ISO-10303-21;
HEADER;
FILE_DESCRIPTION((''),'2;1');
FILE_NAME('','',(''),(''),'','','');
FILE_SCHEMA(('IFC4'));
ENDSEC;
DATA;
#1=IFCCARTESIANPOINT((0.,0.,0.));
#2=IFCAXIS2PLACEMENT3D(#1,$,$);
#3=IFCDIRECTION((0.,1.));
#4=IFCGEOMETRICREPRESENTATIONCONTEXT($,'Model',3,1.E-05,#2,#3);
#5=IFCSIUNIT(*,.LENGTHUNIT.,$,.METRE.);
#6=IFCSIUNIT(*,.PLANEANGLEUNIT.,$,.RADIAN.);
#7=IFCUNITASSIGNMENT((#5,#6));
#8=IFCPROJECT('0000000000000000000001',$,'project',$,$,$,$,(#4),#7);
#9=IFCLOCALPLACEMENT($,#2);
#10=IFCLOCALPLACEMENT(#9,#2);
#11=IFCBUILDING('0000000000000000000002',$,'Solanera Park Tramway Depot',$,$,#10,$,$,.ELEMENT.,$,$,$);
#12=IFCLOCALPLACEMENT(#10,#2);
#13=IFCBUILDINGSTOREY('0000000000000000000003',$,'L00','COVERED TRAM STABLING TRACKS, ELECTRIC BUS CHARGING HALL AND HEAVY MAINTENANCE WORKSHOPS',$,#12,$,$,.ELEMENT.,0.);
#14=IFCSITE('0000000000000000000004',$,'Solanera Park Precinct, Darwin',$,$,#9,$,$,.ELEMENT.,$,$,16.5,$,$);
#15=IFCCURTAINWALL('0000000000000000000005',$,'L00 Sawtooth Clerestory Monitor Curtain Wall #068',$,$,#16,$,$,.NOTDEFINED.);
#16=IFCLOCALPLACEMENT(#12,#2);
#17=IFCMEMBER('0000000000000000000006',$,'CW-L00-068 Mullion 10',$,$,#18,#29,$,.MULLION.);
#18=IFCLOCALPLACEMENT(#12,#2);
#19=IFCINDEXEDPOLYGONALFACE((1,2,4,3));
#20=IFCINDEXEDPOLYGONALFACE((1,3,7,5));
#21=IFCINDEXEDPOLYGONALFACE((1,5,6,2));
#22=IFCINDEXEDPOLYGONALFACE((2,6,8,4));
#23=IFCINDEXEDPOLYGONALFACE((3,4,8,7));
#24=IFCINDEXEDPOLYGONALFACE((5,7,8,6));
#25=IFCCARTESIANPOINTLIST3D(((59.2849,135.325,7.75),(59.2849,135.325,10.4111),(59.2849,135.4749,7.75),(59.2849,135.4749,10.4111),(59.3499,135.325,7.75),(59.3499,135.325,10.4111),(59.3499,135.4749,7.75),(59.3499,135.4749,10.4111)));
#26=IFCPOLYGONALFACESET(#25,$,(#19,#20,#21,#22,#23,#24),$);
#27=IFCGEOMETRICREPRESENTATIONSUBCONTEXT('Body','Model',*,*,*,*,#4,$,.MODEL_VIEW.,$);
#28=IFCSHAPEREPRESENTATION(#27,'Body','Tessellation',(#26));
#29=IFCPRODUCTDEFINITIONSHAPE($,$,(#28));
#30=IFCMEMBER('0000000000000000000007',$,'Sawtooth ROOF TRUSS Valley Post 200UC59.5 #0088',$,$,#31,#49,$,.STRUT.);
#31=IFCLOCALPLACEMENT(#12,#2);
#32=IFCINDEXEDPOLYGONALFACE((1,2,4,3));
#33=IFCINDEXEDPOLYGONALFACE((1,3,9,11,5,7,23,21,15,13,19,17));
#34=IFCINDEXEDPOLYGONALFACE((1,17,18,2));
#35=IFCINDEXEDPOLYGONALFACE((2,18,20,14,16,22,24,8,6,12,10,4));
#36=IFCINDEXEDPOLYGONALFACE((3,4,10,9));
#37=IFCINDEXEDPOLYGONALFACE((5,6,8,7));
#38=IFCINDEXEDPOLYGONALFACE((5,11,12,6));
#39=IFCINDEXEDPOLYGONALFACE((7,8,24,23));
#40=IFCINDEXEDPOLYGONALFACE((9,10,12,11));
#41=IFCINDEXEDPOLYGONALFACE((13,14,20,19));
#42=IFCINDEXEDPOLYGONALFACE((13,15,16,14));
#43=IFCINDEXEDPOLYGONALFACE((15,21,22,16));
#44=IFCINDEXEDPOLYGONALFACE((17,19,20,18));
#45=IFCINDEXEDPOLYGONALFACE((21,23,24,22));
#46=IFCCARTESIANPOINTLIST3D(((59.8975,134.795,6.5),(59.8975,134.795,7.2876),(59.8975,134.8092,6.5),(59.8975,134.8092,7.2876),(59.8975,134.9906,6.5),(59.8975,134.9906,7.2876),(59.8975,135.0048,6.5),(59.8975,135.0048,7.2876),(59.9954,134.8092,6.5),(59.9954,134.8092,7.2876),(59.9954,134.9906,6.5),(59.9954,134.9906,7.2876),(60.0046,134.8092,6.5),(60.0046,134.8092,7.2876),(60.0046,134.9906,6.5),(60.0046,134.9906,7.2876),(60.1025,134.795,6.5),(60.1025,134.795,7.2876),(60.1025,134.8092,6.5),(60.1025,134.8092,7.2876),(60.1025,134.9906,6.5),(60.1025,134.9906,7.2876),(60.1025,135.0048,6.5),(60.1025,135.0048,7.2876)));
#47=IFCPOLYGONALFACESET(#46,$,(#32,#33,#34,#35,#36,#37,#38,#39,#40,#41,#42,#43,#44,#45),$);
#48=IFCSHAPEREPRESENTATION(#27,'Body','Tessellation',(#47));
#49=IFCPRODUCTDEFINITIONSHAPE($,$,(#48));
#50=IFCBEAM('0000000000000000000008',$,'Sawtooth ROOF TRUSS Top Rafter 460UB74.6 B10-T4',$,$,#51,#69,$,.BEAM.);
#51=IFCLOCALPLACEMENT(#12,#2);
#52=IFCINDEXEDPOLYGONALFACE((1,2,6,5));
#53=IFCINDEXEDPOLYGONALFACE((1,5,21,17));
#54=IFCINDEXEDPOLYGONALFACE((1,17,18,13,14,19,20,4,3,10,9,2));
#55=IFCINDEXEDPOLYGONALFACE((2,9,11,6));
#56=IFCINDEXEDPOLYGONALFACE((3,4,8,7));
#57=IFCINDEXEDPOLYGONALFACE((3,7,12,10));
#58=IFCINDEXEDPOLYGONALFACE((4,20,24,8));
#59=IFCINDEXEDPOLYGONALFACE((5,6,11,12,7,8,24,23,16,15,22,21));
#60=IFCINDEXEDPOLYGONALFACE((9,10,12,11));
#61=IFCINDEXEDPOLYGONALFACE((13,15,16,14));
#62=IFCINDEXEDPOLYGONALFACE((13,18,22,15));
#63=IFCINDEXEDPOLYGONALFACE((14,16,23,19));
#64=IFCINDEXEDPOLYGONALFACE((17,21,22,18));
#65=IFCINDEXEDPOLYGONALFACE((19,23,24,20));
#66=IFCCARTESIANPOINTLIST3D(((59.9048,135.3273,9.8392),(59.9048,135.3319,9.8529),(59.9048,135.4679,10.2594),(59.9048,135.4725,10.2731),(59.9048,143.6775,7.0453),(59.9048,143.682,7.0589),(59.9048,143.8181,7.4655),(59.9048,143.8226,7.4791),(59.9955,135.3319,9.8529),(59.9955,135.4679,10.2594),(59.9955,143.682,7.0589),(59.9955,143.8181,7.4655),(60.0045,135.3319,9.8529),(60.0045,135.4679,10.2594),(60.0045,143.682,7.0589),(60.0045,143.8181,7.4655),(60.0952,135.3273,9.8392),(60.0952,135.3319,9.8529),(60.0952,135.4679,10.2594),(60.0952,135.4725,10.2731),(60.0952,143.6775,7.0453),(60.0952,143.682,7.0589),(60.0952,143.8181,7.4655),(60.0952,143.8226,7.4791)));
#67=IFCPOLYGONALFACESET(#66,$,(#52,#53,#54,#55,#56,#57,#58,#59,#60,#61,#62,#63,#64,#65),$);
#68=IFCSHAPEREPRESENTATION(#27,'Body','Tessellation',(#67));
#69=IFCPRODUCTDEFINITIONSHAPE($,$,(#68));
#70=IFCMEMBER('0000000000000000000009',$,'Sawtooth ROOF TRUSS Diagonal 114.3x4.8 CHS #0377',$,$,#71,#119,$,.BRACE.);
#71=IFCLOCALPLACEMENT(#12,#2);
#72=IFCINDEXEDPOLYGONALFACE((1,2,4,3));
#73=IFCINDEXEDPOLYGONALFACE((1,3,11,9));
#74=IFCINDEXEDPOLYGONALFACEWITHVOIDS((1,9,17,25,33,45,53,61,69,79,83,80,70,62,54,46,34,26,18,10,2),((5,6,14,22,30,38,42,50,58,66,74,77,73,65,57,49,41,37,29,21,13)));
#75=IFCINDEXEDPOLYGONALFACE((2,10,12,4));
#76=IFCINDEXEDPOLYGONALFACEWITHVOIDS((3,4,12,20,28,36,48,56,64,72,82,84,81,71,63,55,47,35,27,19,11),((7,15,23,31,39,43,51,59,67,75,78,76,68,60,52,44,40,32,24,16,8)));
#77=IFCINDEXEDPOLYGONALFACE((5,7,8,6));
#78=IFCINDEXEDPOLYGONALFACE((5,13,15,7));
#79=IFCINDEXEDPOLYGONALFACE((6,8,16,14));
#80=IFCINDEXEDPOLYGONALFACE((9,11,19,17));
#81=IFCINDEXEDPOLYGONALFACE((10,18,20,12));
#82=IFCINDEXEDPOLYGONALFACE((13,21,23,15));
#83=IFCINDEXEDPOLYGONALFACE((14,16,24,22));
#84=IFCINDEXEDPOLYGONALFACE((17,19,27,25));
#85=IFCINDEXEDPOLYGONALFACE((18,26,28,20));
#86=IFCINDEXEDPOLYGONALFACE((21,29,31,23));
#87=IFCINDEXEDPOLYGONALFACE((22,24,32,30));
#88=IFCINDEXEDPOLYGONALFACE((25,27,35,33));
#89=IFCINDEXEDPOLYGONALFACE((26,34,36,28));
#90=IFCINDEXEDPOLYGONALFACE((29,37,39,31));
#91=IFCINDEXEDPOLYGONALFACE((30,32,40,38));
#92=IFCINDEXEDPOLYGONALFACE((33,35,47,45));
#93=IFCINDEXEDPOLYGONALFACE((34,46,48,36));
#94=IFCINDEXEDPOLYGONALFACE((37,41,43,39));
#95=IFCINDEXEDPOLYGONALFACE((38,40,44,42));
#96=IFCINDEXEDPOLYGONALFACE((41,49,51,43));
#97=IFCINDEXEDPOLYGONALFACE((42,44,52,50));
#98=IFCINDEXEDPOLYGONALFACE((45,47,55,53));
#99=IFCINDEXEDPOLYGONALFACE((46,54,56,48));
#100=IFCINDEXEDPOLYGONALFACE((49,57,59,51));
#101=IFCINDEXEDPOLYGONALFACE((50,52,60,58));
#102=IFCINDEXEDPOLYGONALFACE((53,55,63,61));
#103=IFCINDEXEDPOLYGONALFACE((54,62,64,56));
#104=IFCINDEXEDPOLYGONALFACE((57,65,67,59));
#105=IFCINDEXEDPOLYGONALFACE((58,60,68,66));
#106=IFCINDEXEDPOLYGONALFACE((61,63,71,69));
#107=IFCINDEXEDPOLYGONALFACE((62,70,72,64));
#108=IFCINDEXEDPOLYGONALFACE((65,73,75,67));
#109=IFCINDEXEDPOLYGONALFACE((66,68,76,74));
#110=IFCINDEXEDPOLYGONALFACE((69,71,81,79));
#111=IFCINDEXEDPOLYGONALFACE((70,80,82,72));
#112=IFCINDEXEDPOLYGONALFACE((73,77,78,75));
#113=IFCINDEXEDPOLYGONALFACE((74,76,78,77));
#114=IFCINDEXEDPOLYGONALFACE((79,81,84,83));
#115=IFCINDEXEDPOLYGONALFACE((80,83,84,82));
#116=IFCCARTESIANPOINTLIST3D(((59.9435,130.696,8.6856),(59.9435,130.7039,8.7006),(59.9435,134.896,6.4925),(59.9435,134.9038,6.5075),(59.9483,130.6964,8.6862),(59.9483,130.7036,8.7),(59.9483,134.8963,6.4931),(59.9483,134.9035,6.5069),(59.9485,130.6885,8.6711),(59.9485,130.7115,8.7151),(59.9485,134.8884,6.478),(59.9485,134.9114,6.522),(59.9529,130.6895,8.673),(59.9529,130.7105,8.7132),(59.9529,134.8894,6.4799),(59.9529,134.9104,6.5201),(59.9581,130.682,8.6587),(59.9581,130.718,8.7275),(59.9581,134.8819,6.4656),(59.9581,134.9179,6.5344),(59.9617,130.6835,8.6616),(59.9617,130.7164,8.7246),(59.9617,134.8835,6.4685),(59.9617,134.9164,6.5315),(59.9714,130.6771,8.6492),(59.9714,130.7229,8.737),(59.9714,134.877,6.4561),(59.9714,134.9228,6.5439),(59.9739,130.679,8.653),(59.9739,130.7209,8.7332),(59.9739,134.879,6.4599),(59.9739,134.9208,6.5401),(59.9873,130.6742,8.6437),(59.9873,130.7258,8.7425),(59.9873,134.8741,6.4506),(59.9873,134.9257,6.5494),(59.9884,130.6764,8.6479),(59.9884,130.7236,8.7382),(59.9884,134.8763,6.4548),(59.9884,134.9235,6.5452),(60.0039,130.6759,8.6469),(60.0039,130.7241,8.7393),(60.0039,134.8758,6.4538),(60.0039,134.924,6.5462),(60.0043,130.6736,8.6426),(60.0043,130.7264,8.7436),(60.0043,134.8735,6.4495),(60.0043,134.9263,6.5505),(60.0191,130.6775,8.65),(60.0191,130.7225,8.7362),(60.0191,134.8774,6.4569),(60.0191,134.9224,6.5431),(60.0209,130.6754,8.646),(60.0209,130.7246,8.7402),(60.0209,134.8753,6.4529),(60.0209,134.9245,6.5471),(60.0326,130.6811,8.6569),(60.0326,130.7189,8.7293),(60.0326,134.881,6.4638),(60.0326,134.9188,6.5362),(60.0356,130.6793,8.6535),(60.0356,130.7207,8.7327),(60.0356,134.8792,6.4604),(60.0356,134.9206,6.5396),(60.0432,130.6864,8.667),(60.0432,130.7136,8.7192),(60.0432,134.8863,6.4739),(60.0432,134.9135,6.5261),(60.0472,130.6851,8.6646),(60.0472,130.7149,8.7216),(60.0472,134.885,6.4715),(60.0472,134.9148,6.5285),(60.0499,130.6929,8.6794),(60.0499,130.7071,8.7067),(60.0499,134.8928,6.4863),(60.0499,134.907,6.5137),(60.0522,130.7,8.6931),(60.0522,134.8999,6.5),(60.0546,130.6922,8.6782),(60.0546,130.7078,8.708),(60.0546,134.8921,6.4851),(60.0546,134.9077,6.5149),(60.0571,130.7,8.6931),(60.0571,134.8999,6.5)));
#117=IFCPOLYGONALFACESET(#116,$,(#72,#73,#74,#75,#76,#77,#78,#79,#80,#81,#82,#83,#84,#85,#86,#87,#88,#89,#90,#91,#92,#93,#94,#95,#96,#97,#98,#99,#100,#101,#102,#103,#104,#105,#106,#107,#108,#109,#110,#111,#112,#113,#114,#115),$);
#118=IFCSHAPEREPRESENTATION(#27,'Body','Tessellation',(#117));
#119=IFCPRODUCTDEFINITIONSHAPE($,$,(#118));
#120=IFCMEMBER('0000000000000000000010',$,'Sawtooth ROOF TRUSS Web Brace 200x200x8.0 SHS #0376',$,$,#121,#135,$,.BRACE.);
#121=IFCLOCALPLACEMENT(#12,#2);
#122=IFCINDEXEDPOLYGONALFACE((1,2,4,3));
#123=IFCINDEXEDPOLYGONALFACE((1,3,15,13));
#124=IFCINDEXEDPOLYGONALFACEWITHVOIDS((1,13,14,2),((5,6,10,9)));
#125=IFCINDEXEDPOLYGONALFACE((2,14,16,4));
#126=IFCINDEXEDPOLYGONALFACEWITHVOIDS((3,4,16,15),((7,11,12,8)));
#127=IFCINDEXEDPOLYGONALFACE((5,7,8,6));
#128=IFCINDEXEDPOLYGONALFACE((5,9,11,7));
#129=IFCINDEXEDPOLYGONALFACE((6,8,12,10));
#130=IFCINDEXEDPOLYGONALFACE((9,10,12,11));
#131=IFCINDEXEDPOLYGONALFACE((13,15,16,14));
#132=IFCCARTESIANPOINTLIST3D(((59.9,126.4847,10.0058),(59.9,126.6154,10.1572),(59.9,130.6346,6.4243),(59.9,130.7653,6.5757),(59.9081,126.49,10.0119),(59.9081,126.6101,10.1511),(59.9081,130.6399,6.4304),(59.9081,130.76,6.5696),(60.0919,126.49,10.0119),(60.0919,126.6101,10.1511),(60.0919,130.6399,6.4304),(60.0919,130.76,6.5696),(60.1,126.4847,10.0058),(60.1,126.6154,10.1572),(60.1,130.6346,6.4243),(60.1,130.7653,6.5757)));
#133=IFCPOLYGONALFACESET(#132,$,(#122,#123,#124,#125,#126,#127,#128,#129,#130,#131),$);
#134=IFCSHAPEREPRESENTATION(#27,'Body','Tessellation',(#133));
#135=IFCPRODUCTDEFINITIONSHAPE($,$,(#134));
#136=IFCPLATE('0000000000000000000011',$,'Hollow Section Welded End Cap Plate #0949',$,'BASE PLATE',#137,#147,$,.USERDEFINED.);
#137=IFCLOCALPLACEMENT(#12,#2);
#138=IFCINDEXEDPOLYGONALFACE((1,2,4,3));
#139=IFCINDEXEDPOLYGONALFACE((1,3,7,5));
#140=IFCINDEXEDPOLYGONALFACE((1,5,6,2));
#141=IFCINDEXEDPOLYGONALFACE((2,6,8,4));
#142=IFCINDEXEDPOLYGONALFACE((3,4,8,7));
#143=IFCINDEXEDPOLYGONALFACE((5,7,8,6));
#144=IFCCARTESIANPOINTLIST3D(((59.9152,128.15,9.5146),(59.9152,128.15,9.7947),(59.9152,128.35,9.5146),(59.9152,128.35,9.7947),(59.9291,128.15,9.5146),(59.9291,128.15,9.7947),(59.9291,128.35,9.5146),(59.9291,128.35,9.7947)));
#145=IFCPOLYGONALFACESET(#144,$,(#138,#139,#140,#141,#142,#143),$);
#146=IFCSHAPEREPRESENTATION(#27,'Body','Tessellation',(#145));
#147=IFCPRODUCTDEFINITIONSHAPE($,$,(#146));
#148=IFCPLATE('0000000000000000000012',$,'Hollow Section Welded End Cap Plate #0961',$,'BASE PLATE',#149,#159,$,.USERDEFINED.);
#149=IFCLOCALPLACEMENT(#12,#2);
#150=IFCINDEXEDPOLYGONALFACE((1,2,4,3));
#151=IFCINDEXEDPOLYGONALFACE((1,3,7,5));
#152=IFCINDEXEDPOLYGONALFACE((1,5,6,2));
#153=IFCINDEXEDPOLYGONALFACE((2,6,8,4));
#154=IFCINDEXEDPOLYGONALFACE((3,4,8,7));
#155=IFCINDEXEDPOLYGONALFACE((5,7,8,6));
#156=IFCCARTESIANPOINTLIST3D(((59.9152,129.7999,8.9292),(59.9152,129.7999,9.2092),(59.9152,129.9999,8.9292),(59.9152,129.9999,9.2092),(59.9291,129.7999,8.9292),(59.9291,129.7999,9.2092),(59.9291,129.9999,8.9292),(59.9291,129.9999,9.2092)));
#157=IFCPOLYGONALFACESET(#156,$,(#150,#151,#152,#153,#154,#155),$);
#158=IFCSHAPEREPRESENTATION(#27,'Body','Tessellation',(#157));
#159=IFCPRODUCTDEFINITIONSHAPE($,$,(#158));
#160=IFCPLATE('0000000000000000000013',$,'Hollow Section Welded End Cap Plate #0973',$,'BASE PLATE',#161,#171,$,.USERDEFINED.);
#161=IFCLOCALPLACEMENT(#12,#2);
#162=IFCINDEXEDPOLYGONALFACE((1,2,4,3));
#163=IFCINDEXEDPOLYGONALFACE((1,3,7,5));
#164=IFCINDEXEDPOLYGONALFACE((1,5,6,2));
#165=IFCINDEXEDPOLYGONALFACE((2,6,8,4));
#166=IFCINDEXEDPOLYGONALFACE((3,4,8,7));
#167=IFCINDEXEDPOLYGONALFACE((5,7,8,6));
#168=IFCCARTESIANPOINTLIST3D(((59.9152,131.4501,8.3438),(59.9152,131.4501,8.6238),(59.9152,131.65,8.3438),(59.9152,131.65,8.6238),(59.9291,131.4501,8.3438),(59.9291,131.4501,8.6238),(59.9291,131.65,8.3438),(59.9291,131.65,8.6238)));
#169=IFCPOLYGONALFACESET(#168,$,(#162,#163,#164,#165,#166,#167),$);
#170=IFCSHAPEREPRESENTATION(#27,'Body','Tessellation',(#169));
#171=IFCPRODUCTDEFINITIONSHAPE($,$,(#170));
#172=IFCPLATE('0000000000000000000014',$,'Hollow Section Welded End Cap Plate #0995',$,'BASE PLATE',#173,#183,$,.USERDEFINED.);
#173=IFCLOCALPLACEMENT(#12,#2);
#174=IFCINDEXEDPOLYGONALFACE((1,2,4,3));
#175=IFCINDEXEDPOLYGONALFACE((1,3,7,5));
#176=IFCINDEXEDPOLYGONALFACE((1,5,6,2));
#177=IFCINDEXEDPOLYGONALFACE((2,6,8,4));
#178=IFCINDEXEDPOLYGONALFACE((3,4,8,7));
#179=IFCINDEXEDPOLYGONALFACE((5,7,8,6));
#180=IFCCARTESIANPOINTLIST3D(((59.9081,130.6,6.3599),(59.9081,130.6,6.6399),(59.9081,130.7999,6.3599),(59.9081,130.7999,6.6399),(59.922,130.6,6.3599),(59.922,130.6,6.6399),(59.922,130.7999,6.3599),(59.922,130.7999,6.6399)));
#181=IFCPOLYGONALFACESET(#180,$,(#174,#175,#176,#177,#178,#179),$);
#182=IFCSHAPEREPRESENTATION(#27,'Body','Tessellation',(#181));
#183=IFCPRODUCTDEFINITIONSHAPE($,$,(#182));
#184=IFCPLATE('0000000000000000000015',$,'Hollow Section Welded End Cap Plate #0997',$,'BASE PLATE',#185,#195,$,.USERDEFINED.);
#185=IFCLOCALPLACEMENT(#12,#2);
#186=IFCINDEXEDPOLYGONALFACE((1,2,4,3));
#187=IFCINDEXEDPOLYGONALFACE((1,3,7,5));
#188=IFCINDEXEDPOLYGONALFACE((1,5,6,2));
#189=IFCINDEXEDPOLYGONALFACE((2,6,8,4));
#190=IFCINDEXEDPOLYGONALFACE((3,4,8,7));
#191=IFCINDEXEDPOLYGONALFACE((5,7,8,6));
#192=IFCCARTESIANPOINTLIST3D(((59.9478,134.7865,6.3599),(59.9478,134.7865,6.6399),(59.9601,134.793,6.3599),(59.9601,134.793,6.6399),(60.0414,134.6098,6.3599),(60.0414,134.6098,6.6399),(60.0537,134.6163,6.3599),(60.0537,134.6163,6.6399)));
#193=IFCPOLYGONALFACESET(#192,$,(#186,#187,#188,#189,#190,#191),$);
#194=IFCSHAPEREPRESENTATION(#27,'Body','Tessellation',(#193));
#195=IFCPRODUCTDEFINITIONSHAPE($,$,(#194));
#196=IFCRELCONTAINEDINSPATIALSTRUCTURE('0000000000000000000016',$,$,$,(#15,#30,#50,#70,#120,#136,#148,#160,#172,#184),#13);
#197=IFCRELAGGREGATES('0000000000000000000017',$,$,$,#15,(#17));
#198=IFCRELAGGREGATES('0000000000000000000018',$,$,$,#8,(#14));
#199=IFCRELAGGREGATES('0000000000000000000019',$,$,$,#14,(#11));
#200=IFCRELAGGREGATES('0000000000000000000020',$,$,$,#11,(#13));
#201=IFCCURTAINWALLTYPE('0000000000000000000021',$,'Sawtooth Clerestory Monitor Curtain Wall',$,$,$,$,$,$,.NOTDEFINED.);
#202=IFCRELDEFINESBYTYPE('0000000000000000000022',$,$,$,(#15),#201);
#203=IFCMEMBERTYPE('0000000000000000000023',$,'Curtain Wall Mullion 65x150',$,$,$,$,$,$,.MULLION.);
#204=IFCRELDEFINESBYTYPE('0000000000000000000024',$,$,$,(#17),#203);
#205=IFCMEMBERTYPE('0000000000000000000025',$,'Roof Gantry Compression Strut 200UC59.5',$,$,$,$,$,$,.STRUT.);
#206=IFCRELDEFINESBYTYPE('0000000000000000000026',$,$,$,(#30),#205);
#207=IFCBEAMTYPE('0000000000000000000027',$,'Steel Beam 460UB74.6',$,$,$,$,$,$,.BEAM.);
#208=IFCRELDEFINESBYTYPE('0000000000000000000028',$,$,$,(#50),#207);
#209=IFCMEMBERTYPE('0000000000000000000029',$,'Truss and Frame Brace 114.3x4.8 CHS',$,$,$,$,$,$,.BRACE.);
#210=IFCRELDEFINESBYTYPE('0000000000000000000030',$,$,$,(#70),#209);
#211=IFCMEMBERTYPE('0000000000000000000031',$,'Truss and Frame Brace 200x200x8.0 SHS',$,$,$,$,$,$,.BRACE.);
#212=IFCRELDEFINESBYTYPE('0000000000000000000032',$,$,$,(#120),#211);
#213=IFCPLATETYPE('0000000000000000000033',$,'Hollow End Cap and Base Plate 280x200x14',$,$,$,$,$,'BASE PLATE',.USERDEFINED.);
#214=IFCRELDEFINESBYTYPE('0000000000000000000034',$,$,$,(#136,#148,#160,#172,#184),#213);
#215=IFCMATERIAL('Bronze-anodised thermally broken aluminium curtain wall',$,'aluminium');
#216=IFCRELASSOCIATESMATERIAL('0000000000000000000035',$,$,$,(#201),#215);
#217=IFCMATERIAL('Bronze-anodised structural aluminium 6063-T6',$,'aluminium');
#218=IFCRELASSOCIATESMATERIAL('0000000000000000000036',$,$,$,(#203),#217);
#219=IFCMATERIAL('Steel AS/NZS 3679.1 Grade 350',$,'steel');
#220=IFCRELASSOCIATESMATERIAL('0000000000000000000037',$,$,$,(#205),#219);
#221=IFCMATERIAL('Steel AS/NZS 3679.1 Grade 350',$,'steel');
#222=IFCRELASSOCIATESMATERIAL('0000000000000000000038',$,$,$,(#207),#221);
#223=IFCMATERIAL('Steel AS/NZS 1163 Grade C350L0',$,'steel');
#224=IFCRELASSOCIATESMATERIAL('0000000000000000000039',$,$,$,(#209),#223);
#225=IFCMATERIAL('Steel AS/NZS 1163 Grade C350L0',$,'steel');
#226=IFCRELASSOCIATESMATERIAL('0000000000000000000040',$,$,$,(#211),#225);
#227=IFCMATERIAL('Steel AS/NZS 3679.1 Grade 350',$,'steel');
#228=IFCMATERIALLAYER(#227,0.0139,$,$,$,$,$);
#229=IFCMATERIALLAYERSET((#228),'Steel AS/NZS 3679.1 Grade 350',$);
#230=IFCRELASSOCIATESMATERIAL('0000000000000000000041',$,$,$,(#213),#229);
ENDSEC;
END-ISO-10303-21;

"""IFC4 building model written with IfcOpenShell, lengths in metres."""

from ifc_helpers import new_model, si_unit, direction, frame, origin, origin_2d, place, context, subcontext, project, spatial, rectangle, hollow_rectangle, hollow_circle, i_section, extrude, material, layer, layer_set, material_profile, profile_set, type_object, element, aggregate, save


model = new_model("IFC4")

# Units and contexts
model_context = context("Model", 3, precision=1e-05, world=origin(), true_north=direction((0.0, 1.0)))
body_context = subcontext(model_context, "Body", "Model", "MODEL_VIEW")
ifc_project = project(units=[si_unit("LENGTHUNIT", "METRE"), si_unit("PLANEANGLEUNIT", "RADIAN")], contexts=[model_context])

# Site, building, storey
site_placement = place(None, origin())
site = spatial("IfcSite", under=ifc_project, at=site_placement, Name="Solanera Park Precinct, Darwin", CompositionType="ELEMENT", RefElevation=16.5)
building_placement = place(site_placement, origin())
building = spatial("IfcBuilding", under=site, at=building_placement, Name="Solanera Park Tramway Depot", CompositionType="ELEMENT")
storey_placement = place(building_placement, origin())
storey = spatial("IfcBuildingStorey", under=building, at=storey_placement, Name="L00", Description="COVERED TRAM STABLING TRACKS, ELECTRIC BUS CHARGING HALL AND HEAVY MAINTENANCE WORKSHOPS", CompositionType="ELEMENT", Elevation=0.0)

# Curtain wall, member
ifc_material_1 = material(Name="Bronze-anodised thermally broken aluminium curtain wall", Category="aluminium")
curtain_wall_type = type_object("IfcCurtainWallType", Name="Sawtooth Clerestory Monitor Curtain Wall", PredefinedType="NOTDEFINED", material=ifc_material_1)
curtain_wall_placement = place(storey_placement, origin())
curtain_wall = element("IfcCurtainWall", 1, at=curtain_wall_placement, inside=storey, type_object=curtain_wall_type, Name="L00 Sawtooth Clerestory Monitor Curtain Wall #068", PredefinedType="NOTDEFINED")
ifc_material_2 = material(Name="Bronze-anodised structural aluminium 6063-T6", Category="aluminium")
ifc_material_profile_1 = material_profile(ifc_material_2, rectangle(XDim=0.0649, YDim=0.1499, at=origin_2d()), Name="Curtain Wall Mullion 65x150")
ifc_profile_set_1 = profile_set([ifc_material_profile_1], Name="Bronze-anodised structural aluminium 6063-T6")
member_type_1 = type_object("IfcMemberType", Name="Curtain Wall Mullion 65x150", PredefinedType="MULLION", material=ifc_profile_set_1)
member_1_placement = place(storey_placement, frame((59.3174, 135.3999, 7.75), z_axis=(0.0, 0.0, 1.0), x_axis=(1.0, 0.0, 0.0)))
member_1 = element("IfcMember", 2, at=member_1_placement, type_object=member_type_1, Name="CW-L00-068 Mullion 10", PredefinedType="MULLION", context=body_context, shape_type="SweptSolid", body=[
    extrude(rectangle(XDim=0.0649, YDim=0.1499, at=origin_2d()), origin(), (0.0, 0.0, 1.0), 2.6611),
])
aggregate(curtain_wall, [member_1])

# Member
ifc_material_3 = material(Name="Steel AS/NZS 3679.1 Grade 350", Category="steel")
ifc_material_profile_2 = material_profile(ifc_material_3, i_section(OverallWidth=0.2051, OverallDepth=0.2097, WebThickness=0.0093, FlangeThickness=0.0142, at=origin_2d()), Name="200UC59.5")
ifc_profile_set_2 = profile_set([ifc_material_profile_2], Name="Steel AS/NZS 3679.1 Grade 350")
member_type_2 = type_object("IfcMemberType", Name="Roof Gantry Compression Strut 200UC59.5", PredefinedType="STRUT", material=ifc_profile_set_2)
member_2_placement = place(storey_placement, frame((60.0, 134.8999, 6.5), z_axis=(0.0, 0.0, 1.0), x_axis=(1.0, 0.0, 0.0)))
element("IfcMember", 3, at=member_2_placement, inside=storey, type_object=member_type_2, Name="Sawtooth ROOF TRUSS Valley Post 200UC59.5 #0088", PredefinedType="STRUT", context=body_context, shape_type="SweptSolid", body=[
    extrude(i_section(OverallWidth=0.2051, OverallDepth=0.2097, WebThickness=0.0093, FlangeThickness=0.0142, at=origin_2d()), origin(), (0.0, 0.0, 1.0), 0.7876),
])

# Beam
ifc_material_4 = material(Name="Steel AS/NZS 3679.1 Grade 350", Category="steel")
ifc_material_profile_3 = material_profile(ifc_material_4, i_section(OverallWidth=0.1904, OverallDepth=0.4575, WebThickness=0.009, FlangeThickness=0.0144, at=origin_2d()), Name="460UB74.6")
ifc_profile_set_3 = profile_set([ifc_material_profile_3], Name="Steel AS/NZS 3679.1 Grade 350")
beam_type = type_object("IfcBeamType", Name="Steel Beam 460UB74.6", PredefinedType="BEAM", material=ifc_profile_set_3)
beam_placement = place(storey_placement, frame((60.0, 135.3999, 10.0562), z_axis=(0.0, 0.948322, -0.317309), x_axis=(-1.0, 0.0, 0.0)))
element("IfcBeam", 4, at=beam_placement, inside=storey, type_object=beam_type, Name="Sawtooth ROOF TRUSS Top Rafter 460UB74.6 B10-T4", PredefinedType="BEAM", context=body_context, shape_type="SweptSolid", body=[
    extrude(i_section(OverallWidth=0.1904, OverallDepth=0.4575, WebThickness=0.009, FlangeThickness=0.0144, at=origin_2d()), origin(), (0.0, 0.0, 1.0), 8.8052),
])

# Members
ifc_material_5 = material(Name="Steel AS/NZS 1163 Grade C350L0", Category="steel")
ifc_material_profile_4 = material_profile(ifc_material_5, hollow_circle(Radius=0.0571, WallThickness=0.0049, at=origin_2d()), Name="114.3x4.8 CHS")
ifc_profile_set_4 = profile_set([ifc_material_profile_4], Name="Steel AS/NZS 1163 Grade C350L0")
member_type_3 = type_object("IfcMemberType", Name="Truss and Frame Brace 114.3x4.8 CHS", PredefinedType="BRACE", material=ifc_profile_set_4)
member_3_placement = place(storey_placement, frame((60.0, 134.8999, 6.5), z_axis=(0.0, -0.886426, 0.462871), x_axis=(1.0, 0.0, 0.0)))
element("IfcMember", 5, at=member_3_placement, inside=storey, type_object=member_type_3, Name="Sawtooth ROOF TRUSS Diagonal 114.3x4.8 CHS #0377", PredefinedType="BRACE", context=body_context, shape_type="SweptSolid", body=[
    extrude(hollow_circle(Radius=0.0571, WallThickness=0.0049, at=origin_2d()), origin(), (0.0, 0.0, 1.0), 4.738),
])
ifc_material_6 = material(Name="Steel AS/NZS 1163 Grade C350L0", Category="steel")
ifc_material_profile_5 = material_profile(ifc_material_6, hollow_rectangle(XDim=0.2, YDim=0.2, WallThickness=0.0081, at=origin_2d()), Name="200x200x8.0 SHS")
ifc_profile_set_5 = profile_set([ifc_material_profile_5], Name="Steel AS/NZS 1163 Grade C350L0")
member_type_4 = type_object("IfcMemberType", Name="Truss and Frame Brace 200x200x8.0 SHS", PredefinedType="BRACE", material=ifc_profile_set_5)
member_4_placement = place(storey_placement, frame((60.0, 130.7, 6.5), z_axis=(0.0, -0.757045, 0.653362), x_axis=(1.0, 0.0, 0.0)))
element("IfcMember", 6, at=member_4_placement, inside=storey, type_object=member_type_4, Name="Sawtooth ROOF TRUSS Web Brace 200x200x8.0 SHS #0376", PredefinedType="BRACE", context=body_context, shape_type="SweptSolid", body=[
    extrude(hollow_rectangle(XDim=0.2, YDim=0.2, WallThickness=0.0081, at=origin_2d()), origin(), (0.0, 0.0, 1.0), 5.4817),
])

# Plates
ifc_material_7 = material(Name="Steel AS/NZS 3679.1 Grade 350", Category="steel")
ifc_layer_1 = layer(ifc_material_7, 0.0139)
ifc_layer_set_1 = layer_set([ifc_layer_1], Name="Steel AS/NZS 3679.1 Grade 350")
plate_type_1 = type_object("IfcPlateType", Name="Hollow End Cap and Base Plate 280x200x14", ElementType="BASE PLATE", PredefinedType="USERDEFINED", material=ifc_layer_set_1)
for number, where, z_axis, x_axis, name in (
    (7, (59.9221, 128.25, 9.5146), (0.0, 0.0, 1.0), (1.0, 0.0, 0.0), "Hollow Section Welded End Cap Plate #0949"),
    (8, (59.9221, 129.8999, 8.9292), (0.0, 0.0, 1.0), (1.0, 0.0, 0.0), "Hollow Section Welded End Cap Plate #0961"),
    (9, (59.9221, 131.55, 8.3438), (0.0, 0.0, 1.0), (1.0, 0.0, 0.0), "Hollow Section Welded End Cap Plate #0973"),
    (10, (59.915, 130.7, 6.3599), (0.0, 0.0, 1.0), (1.0, 0.0, 0.0), "Hollow Section Welded End Cap Plate #0995"),
    (11, (60.0007, 134.7014, 6.3599), (0.0, 0.0, 1.0), (0.883521, 0.468392, 0.0), "Hollow Section Welded End Cap Plate #0997"),
):
    element("IfcPlate", number, at=place(storey_placement, frame(where, z_axis=z_axis, x_axis=x_axis)), inside=storey, type_object=plate_type_1, Name=name, ObjectType="BASE PLATE", PredefinedType="USERDEFINED", context=body_context, shape_type="SweptSolid", body=[
        extrude(rectangle(XDim=0.0139, YDim=0.2, at=origin_2d()), origin(), (0.0, 0.0, 1.0), 0.28),
    ])

save(model, "model.ifc")
